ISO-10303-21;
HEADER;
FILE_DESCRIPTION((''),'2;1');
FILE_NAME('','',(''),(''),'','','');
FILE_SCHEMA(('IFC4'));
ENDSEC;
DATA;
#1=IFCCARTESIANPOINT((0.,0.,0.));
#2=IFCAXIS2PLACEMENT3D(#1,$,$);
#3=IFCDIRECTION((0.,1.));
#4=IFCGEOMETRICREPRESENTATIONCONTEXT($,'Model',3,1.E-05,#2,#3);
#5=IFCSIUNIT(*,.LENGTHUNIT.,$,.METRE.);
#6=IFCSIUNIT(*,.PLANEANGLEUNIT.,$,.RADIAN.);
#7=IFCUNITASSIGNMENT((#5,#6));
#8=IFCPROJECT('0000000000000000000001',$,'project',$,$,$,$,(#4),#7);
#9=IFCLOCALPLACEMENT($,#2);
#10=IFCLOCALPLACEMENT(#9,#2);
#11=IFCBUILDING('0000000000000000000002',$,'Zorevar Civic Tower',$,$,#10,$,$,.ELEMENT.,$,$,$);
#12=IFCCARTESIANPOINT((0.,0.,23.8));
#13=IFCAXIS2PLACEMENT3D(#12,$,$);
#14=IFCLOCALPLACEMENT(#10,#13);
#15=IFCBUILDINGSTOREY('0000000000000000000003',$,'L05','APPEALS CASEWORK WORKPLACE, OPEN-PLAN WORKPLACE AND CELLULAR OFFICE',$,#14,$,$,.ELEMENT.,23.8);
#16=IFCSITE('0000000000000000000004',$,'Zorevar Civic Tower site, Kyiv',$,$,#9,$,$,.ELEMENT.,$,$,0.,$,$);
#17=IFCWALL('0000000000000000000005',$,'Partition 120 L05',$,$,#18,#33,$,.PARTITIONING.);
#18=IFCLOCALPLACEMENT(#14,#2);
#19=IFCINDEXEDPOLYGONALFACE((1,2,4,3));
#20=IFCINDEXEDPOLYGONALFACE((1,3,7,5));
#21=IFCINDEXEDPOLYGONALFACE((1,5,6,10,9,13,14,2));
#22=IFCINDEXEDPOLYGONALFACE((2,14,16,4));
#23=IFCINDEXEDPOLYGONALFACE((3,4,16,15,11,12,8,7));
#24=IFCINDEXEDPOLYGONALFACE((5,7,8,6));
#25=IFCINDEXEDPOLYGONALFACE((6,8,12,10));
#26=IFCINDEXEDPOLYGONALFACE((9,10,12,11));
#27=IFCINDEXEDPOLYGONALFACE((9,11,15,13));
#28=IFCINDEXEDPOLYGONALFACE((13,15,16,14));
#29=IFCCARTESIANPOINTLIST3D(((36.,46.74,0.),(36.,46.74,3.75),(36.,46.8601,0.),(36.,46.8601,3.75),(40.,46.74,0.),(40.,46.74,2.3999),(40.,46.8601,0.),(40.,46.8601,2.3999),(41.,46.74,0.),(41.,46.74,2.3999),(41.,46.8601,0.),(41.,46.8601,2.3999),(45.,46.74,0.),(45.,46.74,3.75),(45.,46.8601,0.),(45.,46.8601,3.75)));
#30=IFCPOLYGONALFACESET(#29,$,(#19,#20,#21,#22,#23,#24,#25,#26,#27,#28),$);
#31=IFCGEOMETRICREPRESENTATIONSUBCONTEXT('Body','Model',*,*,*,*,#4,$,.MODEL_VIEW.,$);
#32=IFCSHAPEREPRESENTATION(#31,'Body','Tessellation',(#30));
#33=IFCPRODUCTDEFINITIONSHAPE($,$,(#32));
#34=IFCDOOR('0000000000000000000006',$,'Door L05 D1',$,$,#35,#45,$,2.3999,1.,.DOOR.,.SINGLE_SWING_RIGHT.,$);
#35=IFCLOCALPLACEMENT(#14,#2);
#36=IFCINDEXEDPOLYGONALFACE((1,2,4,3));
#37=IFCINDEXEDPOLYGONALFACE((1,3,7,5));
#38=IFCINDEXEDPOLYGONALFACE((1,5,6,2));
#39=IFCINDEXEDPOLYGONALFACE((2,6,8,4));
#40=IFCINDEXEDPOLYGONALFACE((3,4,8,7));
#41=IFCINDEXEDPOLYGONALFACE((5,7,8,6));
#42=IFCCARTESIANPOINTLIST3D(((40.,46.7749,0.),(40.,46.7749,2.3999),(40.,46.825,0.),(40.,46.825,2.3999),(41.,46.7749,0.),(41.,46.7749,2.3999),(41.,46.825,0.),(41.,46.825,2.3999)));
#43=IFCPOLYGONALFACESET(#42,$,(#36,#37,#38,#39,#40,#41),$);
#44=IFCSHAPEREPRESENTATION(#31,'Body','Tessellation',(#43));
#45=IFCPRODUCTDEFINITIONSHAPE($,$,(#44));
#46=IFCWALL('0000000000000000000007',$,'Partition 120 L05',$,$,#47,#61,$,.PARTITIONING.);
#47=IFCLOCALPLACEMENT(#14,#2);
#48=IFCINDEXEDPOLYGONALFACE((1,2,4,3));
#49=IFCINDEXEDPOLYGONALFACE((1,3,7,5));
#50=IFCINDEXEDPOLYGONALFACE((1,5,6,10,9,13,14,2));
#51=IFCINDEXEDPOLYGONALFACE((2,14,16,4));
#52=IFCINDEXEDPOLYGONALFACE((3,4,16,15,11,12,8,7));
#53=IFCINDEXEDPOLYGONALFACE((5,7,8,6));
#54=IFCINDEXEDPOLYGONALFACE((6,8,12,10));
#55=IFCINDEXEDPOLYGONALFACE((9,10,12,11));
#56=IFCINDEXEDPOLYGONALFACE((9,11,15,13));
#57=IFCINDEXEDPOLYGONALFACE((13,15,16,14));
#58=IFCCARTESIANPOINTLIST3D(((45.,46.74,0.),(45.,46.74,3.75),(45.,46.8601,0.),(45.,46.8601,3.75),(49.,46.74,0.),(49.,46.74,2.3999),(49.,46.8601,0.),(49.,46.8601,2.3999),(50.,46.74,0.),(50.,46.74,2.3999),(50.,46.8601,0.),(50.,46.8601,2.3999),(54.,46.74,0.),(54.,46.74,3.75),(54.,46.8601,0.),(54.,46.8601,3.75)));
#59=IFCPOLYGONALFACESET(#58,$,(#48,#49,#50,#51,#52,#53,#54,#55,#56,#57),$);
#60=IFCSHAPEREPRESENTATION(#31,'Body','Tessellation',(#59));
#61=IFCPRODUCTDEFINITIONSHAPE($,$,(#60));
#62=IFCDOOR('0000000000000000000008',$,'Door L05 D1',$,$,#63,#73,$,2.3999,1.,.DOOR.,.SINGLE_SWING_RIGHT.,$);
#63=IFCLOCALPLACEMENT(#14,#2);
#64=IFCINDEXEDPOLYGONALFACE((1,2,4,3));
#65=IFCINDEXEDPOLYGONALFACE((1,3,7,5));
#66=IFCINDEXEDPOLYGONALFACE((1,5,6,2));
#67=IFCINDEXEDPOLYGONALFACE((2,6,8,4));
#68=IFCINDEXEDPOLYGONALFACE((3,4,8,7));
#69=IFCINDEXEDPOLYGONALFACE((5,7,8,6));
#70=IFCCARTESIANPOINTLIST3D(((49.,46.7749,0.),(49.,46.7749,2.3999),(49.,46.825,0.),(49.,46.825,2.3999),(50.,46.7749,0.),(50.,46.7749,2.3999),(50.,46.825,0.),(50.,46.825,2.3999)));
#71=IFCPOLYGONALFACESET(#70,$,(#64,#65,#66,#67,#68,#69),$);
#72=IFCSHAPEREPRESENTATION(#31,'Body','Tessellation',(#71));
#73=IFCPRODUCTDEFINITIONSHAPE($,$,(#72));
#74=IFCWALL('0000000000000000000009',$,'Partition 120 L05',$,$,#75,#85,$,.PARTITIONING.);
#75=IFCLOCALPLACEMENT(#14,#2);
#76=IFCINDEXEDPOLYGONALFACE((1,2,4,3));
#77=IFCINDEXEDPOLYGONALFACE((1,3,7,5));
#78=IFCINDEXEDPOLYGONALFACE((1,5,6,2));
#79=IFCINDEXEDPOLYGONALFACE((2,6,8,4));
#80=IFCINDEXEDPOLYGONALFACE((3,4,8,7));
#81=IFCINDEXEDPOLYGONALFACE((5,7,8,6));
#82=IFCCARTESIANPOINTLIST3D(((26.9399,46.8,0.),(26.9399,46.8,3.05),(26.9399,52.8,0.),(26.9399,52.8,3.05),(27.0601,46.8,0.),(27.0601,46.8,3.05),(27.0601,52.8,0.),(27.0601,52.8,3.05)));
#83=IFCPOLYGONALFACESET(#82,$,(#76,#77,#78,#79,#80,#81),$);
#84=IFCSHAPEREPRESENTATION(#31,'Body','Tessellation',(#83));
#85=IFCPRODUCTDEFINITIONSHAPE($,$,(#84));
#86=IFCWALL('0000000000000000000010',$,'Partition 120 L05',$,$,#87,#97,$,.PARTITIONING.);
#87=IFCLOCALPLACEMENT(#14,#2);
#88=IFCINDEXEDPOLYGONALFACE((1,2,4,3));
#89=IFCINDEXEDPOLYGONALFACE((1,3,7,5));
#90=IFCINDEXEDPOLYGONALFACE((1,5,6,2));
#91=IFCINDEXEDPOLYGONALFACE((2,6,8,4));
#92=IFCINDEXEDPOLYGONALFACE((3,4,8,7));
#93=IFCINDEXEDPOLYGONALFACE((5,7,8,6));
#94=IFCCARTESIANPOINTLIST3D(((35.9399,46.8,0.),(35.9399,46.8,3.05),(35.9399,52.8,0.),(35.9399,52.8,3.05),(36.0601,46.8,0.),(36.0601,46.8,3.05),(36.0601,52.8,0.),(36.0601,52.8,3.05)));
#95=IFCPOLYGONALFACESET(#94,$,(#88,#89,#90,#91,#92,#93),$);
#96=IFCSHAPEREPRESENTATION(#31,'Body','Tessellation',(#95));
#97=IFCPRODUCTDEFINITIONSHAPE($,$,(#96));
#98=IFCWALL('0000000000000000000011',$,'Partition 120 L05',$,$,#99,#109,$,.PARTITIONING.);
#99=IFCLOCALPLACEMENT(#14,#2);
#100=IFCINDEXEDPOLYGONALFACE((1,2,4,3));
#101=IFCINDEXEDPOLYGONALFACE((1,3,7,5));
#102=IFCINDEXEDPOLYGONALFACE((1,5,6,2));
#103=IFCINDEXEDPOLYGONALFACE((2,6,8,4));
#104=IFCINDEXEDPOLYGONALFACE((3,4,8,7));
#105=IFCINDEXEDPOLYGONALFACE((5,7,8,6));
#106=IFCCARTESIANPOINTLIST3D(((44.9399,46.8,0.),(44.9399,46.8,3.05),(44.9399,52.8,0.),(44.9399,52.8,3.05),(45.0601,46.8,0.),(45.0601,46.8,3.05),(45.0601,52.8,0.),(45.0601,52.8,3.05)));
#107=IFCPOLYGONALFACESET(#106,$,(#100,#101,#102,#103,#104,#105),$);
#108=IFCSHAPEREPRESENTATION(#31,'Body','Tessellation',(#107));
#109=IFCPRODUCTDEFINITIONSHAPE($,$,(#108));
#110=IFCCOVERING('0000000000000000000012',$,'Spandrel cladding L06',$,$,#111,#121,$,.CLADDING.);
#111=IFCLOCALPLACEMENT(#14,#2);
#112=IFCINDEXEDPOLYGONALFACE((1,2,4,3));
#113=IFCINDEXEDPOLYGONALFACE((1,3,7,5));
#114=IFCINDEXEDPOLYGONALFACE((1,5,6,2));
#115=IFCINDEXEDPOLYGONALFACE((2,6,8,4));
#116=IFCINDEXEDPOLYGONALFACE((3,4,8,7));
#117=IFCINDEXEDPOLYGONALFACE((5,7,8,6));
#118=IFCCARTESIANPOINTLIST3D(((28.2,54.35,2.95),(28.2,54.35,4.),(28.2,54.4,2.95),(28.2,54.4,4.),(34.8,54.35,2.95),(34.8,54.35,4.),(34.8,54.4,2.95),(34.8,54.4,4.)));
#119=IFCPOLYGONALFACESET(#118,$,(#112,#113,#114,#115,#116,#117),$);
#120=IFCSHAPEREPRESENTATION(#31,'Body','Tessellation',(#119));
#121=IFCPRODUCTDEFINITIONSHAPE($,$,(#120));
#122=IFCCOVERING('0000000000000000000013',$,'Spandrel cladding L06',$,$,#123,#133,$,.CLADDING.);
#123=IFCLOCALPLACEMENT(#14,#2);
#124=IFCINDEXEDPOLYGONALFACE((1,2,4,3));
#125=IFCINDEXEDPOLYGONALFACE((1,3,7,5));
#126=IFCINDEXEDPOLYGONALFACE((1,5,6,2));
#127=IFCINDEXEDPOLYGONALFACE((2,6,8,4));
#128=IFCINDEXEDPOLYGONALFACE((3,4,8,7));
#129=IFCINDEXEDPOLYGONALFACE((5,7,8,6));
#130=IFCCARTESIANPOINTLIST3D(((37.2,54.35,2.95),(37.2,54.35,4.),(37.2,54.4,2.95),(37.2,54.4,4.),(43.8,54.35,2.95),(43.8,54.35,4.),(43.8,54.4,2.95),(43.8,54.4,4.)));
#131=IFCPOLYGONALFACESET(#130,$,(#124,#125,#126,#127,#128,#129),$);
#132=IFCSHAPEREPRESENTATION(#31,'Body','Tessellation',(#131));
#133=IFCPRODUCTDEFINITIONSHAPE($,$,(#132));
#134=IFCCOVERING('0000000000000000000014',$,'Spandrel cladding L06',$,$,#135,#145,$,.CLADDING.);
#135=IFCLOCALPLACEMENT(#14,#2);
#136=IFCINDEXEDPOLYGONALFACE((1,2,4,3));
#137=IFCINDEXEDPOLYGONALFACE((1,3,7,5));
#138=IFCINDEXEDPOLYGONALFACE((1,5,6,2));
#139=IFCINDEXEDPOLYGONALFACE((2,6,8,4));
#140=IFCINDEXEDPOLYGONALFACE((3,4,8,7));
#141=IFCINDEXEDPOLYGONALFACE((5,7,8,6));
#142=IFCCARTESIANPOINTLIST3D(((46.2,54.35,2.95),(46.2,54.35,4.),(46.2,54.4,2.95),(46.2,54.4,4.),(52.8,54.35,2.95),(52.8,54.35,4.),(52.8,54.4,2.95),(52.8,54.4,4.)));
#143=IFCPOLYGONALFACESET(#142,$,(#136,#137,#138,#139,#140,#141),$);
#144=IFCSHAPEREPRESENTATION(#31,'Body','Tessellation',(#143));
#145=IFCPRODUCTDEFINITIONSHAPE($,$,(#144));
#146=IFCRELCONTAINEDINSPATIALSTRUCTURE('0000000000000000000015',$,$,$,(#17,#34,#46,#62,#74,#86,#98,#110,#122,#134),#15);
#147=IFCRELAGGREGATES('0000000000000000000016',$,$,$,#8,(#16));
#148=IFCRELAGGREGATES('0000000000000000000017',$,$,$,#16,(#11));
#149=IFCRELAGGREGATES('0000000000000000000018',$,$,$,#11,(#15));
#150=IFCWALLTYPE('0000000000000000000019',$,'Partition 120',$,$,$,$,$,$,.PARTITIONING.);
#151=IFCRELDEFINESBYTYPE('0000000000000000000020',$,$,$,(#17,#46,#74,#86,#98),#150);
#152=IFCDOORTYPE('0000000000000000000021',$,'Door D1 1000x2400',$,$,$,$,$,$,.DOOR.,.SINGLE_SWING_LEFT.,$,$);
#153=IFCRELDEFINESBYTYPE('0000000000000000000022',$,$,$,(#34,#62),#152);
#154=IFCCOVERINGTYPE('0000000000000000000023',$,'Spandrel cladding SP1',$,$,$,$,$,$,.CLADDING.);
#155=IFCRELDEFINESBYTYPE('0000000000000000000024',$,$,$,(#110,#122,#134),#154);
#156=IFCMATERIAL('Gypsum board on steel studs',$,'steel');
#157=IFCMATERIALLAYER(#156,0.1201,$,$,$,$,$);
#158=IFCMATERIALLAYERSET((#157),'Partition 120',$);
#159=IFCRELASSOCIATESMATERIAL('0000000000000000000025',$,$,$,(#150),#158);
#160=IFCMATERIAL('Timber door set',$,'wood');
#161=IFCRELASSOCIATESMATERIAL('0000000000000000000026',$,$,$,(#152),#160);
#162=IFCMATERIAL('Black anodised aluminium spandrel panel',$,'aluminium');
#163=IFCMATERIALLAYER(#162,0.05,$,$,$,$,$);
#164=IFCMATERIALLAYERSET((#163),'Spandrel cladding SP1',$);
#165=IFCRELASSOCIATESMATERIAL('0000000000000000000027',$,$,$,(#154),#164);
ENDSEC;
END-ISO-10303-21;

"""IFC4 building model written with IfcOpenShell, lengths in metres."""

from ifc_helpers import new_model, si_unit, direction, frame, frame_2d, origin, place, context, subcontext, project, spatial, rectangle, extrude, material, layer, layer_set, type_object, element, fill, save


model = new_model("IFC4")

# Units and contexts
model_context = context("Model", 3, precision=1e-05, world=origin(), true_north=direction((0.0, 1.0)))
body_context = subcontext(model_context, "Body", "Model", "MODEL_VIEW")
ifc_project = project(units=[si_unit("LENGTHUNIT", "METRE"), si_unit("PLANEANGLEUNIT", "RADIAN")], contexts=[model_context])

# Site, building, storey
site_placement = place(None, origin())
site = spatial("IfcSite", under=ifc_project, at=site_placement, Name="Zorevar Civic Tower site, Kyiv", CompositionType="ELEMENT", RefElevation=0.0)
building_placement = place(site_placement, origin())
building = spatial("IfcBuilding", under=site, at=building_placement, Name="Zorevar Civic Tower", CompositionType="ELEMENT")
storey_placement = place(building_placement, frame((0.0, 0.0, 23.8)))
storey = spatial("IfcBuildingStorey", under=building, at=storey_placement, Name="L05", Description="APPEALS CASEWORK WORKPLACE, OPEN-PLAN WORKPLACE AND CELLULAR OFFICE", CompositionType="ELEMENT", Elevation=23.8)

# Walls, openings, doors
ifc_material_1 = material(Name="Gypsum board on steel studs", Category="steel")
ifc_layer_1 = layer(ifc_material_1, 0.1201)
ifc_layer_set_1 = layer_set([ifc_layer_1], Name="Partition 120")
wall_type = type_object("IfcWallType", Name="Partition 120", PredefinedType="PARTITIONING", material=ifc_layer_set_1)
wall_1_placement = place(storey_placement, frame((36.0, 46.8, 0.0), z_axis=(0.0, 0.0, 1.0), x_axis=(1.0, 0.0, 0.0)))
wall_1 = element("IfcWall", 1, at=wall_1_placement, inside=storey, type_object=wall_type, Name="Partition 120 L05", PredefinedType="PARTITIONING", context=body_context, shape_type="SweptSolid", body=[
    extrude(rectangle(XDim=9.0, YDim=0.1201, at=frame_2d((4.5, 0.0))), origin(), (0.0, 0.0, 1.0), 3.75),
])
opening_1_placement = place(wall_1_placement, frame((4.0, 0.0, 0.0)))
opening_1 = element("IfcOpeningElement", 2, at=opening_1_placement, cuts=wall_1, PredefinedType="OPENING", context=body_context, shape_type="SweptSolid", body=[
    extrude(rectangle(XDim=1.0, YDim=2.3999, at=frame_2d((0.5, 1.2))), frame((0.0, 0.0701, 0.0), z_axis=(0.0, -1.0, 0.0), x_axis=(1.0, 0.0, 0.0)), (0.0, 0.0, 1.0), 0.1401),
])
ifc_material_2 = material(Name="Timber door set", Category="wood")
door_type = type_object("IfcDoorType", Name="Door D1 1000x2400", OperationType="SINGLE_SWING_LEFT", PredefinedType="DOOR", material=ifc_material_2)
door_1_placement = place(opening_1_placement, origin())
door_1 = element("IfcDoor", 3, at=door_1_placement, inside=storey, type_object=door_type, Name="Door L05 D1", OperationType="SINGLE_SWING_RIGHT", OverallHeight=2.3999, OverallWidth=1.0, PredefinedType="DOOR", context=body_context, shape_type="SweptSolid", body=[
    extrude(rectangle(XDim=1.0, YDim=2.3999, at=frame_2d((0.5, 1.2))), frame((0.0, 0.0249, 0.0), z_axis=(0.0, -1.0, 0.0), x_axis=(1.0, 0.0, 0.0)), (0.0, 0.0, 1.0), 0.05),
])
fill(opening_1, door_1)
wall_2_placement = place(storey_placement, frame((45.0, 46.8, 0.0), z_axis=(0.0, 0.0, 1.0), x_axis=(1.0, 0.0, 0.0)))
wall_2 = element("IfcWall", 4, at=wall_2_placement, inside=storey, type_object=wall_type, Name="Partition 120 L05", PredefinedType="PARTITIONING", context=body_context, shape_type="SweptSolid", body=[
    extrude(rectangle(XDim=9.0, YDim=0.1201, at=frame_2d((4.5, 0.0))), origin(), (0.0, 0.0, 1.0), 3.75),
])
opening_2_placement = place(wall_2_placement, frame((4.0, 0.0, 0.0)))
opening_2 = element("IfcOpeningElement", 5, at=opening_2_placement, cuts=wall_2, PredefinedType="OPENING", context=body_context, shape_type="SweptSolid", body=[
    extrude(rectangle(XDim=1.0, YDim=2.3999, at=frame_2d((0.5, 1.2))), frame((0.0, 0.0701, 0.0), z_axis=(0.0, -1.0, 0.0), x_axis=(1.0, 0.0, 0.0)), (0.0, 0.0, 1.0), 0.1401),
])
door_2_placement = place(opening_2_placement, origin())
door_2 = element("IfcDoor", 6, at=door_2_placement, inside=storey, type_object=door_type, Name="Door L05 D1", OperationType="SINGLE_SWING_RIGHT", OverallHeight=2.3999, OverallWidth=1.0, PredefinedType="DOOR", context=body_context, shape_type="SweptSolid", body=[
    extrude(rectangle(XDim=1.0, YDim=2.3999, at=frame_2d((0.5, 1.2))), frame((0.0, 0.0249, 0.0), z_axis=(0.0, -1.0, 0.0), x_axis=(1.0, 0.0, 0.0)), (0.0, 0.0, 1.0), 0.05),
])
fill(opening_2, door_2)

# Walls
for number, where, z_axis, x_axis, name in (
    (7, (27.0, 46.8, 0.0), (0.0, 0.0, 1.0), (0.0, 1.0, 0.0), "Partition 120 L05"),
    (8, (36.0, 46.8, 0.0), (0.0, 0.0, 1.0), (0.0, 1.0, 0.0), "Partition 120 L05"),
    (9, (45.0, 46.8, 0.0), (0.0, 0.0, 1.0), (0.0, 1.0, 0.0), "Partition 120 L05"),
):
    element("IfcWall", number, at=place(storey_placement, frame(where, z_axis=z_axis, x_axis=x_axis)), inside=storey, type_object=wall_type, Name=name, PredefinedType="PARTITIONING", context=body_context, shape_type="SweptSolid", body=[
        extrude(rectangle(XDim=6.0, YDim=0.1201, at=frame_2d((3.0, 0.0))), origin(), (0.0, 0.0, 1.0), 3.05),
    ])

# Coverings
ifc_material_3 = material(Name="Black anodised aluminium spandrel panel", Category="aluminium")
ifc_layer_2 = layer(ifc_material_3, 0.05)
ifc_layer_set_2 = layer_set([ifc_layer_2], Name="Spandrel cladding SP1")
covering_type = type_object("IfcCoveringType", Name="Spandrel cladding SP1", PredefinedType="CLADDING", material=ifc_layer_set_2)
for number, where, z_axis, x_axis, name in (
    (10, (28.2, 54.375, 2.95), (0.0, 0.0, 1.0), (1.0, 0.0, 0.0), "Spandrel cladding L06"),
    (11, (37.2, 54.375, 2.95), (0.0, 0.0, 1.0), (1.0, 0.0, 0.0), "Spandrel cladding L06"),
    (12, (46.2, 54.375, 2.95), (0.0, 0.0, 1.0), (1.0, 0.0, 0.0), "Spandrel cladding L06"),
):
    element("IfcCovering", number, at=place(storey_placement, frame(where, z_axis=z_axis, x_axis=x_axis)), inside=storey, type_object=covering_type, Name=name, PredefinedType="CLADDING", context=body_context, shape_type="SweptSolid", body=[
        extrude(rectangle(XDim=6.6001, YDim=0.05, at=frame_2d((3.3, 0.0))), origin(), (0.0, 0.0, 1.0), 1.05),
    ])

save(model, "model.ifc")
